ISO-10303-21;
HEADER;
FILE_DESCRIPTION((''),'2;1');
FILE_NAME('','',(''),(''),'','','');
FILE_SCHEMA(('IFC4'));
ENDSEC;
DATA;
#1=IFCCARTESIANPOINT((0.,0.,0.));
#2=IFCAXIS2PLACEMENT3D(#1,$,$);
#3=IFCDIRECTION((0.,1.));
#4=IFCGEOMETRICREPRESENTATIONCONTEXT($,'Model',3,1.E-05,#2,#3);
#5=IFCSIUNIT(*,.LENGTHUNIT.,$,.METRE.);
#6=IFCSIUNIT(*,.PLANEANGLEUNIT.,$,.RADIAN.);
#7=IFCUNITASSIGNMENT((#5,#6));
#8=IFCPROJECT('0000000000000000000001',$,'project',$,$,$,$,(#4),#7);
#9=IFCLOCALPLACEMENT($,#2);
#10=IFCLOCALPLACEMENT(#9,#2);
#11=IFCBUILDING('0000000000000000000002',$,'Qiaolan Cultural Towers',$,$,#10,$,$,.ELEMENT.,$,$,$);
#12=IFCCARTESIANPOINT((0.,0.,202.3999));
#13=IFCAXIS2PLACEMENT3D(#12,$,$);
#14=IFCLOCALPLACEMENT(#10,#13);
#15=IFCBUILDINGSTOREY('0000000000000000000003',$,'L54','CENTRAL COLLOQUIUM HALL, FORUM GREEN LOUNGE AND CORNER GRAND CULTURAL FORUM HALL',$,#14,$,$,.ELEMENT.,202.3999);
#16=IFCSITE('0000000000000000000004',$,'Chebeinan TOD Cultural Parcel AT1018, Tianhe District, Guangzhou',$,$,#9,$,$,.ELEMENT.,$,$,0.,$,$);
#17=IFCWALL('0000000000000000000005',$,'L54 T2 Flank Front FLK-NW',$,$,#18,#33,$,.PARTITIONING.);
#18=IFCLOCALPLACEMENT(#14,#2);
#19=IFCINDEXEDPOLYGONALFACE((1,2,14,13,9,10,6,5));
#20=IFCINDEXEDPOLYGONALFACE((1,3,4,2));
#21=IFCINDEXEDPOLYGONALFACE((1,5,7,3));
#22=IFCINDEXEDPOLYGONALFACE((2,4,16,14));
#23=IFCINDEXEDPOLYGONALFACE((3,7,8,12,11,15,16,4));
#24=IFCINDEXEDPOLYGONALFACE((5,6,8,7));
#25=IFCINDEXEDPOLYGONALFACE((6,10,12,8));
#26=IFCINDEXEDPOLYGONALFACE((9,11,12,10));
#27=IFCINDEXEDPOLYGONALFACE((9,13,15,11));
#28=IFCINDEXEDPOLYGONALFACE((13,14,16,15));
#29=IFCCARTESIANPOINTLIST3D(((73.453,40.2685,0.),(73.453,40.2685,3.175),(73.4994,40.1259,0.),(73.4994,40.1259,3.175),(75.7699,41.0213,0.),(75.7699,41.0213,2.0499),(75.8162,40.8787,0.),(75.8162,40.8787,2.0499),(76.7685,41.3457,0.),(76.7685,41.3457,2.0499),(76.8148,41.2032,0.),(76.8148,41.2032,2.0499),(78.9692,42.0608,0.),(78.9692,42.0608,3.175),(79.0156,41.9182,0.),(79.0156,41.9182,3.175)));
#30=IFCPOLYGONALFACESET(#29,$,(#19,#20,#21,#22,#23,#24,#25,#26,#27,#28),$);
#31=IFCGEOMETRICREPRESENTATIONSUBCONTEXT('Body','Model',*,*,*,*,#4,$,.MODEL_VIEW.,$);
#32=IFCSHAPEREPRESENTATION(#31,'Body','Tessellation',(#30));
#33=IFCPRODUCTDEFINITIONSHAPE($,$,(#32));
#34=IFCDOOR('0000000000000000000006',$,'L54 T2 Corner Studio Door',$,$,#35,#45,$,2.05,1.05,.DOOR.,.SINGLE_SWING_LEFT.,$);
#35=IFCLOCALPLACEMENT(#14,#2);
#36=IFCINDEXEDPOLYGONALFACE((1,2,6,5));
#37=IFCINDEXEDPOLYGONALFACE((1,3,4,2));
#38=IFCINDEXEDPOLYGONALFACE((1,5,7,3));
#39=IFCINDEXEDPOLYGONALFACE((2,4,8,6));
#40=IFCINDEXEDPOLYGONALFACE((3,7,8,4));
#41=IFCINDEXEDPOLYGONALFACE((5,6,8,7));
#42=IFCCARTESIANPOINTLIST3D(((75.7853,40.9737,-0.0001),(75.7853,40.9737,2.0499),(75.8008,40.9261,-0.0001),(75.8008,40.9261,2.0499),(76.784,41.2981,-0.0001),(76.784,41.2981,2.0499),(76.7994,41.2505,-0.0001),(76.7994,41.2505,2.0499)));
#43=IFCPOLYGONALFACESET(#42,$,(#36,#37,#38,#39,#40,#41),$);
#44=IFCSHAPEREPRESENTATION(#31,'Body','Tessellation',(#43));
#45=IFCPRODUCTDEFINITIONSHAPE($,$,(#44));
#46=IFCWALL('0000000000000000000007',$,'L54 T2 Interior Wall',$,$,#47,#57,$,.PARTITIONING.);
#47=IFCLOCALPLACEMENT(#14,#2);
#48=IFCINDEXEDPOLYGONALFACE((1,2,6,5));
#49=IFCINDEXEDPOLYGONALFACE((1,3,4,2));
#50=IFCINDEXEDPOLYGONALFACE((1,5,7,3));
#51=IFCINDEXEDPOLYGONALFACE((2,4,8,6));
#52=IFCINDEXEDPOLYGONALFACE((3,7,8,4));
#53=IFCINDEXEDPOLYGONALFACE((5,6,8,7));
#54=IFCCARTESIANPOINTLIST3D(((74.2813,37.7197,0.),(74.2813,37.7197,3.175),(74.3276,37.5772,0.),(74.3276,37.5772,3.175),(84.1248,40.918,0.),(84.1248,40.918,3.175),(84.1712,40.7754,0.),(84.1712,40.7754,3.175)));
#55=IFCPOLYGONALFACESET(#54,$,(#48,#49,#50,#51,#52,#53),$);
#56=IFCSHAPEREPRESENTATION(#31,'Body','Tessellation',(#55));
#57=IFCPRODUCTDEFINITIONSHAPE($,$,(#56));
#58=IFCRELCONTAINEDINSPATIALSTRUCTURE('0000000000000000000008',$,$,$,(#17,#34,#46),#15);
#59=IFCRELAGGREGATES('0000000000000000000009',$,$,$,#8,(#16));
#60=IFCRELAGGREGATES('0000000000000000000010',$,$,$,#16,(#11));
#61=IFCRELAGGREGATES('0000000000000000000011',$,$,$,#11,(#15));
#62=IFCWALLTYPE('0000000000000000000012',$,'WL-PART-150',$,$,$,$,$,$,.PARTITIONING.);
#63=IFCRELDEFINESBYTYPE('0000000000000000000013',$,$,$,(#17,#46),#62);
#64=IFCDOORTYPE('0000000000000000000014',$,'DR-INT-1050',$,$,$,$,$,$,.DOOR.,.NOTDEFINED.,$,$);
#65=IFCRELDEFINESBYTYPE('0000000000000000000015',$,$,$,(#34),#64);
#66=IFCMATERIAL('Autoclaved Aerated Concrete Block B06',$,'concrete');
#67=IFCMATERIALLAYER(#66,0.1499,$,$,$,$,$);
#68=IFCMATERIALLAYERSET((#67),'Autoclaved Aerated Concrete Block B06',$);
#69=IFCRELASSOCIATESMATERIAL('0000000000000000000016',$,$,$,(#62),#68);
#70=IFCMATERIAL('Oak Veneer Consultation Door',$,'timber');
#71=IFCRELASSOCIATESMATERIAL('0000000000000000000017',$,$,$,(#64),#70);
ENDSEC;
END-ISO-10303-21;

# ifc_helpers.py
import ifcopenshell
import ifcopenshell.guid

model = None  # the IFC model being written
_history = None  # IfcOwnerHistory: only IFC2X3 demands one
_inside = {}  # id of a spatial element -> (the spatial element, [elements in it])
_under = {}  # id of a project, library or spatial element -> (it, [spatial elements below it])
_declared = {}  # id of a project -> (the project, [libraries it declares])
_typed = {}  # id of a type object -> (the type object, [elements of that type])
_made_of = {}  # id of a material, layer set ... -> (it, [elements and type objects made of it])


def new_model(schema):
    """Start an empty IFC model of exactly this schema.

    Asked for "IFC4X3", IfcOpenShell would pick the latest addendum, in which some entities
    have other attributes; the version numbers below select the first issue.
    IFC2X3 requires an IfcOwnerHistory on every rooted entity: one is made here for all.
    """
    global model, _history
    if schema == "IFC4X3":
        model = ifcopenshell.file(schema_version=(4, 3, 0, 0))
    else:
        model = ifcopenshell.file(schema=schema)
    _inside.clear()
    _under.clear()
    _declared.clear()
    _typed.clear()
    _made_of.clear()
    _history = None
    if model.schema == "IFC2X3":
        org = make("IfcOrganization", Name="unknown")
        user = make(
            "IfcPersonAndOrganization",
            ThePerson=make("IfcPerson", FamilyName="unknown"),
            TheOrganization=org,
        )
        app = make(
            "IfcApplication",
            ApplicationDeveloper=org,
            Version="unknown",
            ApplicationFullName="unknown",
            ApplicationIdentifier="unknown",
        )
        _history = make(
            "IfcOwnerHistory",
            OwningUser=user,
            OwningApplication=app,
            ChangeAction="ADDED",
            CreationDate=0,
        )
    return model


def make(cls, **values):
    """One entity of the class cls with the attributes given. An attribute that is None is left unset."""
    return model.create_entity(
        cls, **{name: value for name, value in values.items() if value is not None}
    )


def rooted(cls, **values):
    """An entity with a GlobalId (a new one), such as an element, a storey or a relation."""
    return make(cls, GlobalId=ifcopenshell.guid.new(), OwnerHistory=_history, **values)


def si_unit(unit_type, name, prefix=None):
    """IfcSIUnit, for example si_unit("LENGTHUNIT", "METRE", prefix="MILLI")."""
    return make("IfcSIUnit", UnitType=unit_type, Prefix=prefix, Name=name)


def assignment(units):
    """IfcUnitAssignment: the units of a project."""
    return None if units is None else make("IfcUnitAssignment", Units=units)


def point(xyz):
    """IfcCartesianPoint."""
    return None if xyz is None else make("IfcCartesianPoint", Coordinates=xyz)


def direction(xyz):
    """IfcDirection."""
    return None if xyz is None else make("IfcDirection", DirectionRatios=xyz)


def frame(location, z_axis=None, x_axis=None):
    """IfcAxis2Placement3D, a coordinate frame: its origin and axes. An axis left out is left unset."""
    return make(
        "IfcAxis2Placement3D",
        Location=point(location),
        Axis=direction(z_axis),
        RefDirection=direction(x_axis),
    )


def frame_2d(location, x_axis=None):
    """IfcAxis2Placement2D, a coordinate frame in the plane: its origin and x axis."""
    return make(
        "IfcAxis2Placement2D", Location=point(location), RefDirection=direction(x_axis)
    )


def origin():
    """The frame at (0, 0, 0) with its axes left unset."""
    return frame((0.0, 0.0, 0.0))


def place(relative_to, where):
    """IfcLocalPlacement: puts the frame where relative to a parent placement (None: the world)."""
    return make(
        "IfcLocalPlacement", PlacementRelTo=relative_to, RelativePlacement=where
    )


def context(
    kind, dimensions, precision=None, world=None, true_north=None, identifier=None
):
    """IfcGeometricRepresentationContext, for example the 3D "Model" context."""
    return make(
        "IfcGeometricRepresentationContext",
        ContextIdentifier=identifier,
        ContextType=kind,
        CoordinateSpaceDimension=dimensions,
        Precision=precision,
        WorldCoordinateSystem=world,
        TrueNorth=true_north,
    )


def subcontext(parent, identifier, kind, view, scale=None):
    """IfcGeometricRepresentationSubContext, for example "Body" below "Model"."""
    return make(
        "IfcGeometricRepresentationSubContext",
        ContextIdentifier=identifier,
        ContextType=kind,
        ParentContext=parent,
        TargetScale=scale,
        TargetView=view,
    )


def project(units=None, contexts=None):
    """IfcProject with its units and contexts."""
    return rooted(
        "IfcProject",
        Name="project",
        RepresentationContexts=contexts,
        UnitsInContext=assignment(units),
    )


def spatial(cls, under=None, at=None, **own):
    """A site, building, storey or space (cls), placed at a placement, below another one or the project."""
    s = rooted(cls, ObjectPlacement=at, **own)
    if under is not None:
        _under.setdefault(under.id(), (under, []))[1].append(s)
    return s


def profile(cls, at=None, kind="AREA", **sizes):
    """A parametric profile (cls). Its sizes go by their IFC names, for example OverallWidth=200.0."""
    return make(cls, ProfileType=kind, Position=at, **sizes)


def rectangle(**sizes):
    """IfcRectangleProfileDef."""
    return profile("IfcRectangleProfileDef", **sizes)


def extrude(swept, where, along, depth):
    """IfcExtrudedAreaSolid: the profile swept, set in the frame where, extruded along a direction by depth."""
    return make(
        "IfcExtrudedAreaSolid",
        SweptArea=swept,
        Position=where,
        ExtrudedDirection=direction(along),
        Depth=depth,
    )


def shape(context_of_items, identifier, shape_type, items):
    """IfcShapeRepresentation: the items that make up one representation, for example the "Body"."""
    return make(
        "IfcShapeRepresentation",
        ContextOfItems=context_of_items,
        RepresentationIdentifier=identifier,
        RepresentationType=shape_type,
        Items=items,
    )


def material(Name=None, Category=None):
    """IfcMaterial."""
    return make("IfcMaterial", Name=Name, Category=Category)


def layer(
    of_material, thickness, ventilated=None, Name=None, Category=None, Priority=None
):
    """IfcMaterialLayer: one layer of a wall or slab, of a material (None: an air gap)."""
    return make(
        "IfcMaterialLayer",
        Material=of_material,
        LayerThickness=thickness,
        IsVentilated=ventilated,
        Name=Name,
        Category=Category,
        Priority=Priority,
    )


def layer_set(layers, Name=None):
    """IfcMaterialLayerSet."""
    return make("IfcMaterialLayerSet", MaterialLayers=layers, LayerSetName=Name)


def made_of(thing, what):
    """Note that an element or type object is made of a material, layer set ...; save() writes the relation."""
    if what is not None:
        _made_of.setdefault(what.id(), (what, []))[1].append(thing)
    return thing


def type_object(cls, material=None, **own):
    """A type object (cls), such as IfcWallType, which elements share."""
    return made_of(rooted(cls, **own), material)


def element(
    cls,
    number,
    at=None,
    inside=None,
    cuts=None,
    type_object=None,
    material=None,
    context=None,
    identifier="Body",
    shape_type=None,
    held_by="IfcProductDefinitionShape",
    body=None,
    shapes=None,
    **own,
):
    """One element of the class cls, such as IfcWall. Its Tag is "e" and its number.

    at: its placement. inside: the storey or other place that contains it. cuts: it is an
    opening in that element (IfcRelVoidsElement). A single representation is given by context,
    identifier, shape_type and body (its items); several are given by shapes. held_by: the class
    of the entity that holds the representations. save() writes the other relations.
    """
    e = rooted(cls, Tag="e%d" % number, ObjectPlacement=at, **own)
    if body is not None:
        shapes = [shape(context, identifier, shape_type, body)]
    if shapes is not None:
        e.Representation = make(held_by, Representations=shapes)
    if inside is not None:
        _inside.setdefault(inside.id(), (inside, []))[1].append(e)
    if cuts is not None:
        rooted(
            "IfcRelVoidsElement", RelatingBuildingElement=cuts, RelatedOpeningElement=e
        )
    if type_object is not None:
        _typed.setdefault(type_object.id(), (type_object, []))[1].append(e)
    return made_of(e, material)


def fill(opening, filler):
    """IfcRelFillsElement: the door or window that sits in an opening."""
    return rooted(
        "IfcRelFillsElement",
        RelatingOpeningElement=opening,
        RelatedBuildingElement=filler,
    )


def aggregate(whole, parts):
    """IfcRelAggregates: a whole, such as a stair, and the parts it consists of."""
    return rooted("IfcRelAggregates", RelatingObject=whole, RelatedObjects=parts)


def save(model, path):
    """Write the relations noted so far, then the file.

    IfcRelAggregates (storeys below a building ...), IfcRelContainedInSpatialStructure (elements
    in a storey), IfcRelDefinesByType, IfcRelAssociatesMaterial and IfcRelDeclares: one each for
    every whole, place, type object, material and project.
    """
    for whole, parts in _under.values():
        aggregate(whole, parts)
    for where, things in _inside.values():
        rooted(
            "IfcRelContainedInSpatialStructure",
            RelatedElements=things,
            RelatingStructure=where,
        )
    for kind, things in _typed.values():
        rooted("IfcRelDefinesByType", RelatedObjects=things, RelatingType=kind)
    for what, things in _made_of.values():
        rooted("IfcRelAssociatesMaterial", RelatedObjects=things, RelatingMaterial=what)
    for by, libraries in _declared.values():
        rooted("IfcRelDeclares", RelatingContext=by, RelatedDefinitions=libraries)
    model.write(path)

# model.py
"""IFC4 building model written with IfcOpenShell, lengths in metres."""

from ifc_helpers import new_model, si_unit, direction, frame, frame_2d, origin, place, context, subcontext, project, spatial, rectangle, extrude, material, layer, layer_set, type_object, element, fill, save


model = new_model("IFC4")

# Units and contexts
model_context = context("Model", 3, precision=1e-05, world=origin(), true_north=direction((0.0, 1.0)))
body_context = subcontext(model_context, "Body", "Model", "MODEL_VIEW")
ifc_project = project(units=[si_unit("LENGTHUNIT", "METRE"), si_unit("PLANEANGLEUNIT", "RADIAN")], contexts=[model_context])

# Site, building, storey
site_placement = place(None, origin())
site = spatial("IfcSite", under=ifc_project, at=site_placement, Name="Chebeinan TOD Cultural Parcel AT1018, Tianhe District, Guangzhou", CompositionType="ELEMENT", RefElevation=0.0)
building_placement = place(site_placement, origin())
building = spatial("IfcBuilding", under=site, at=building_placement, Name="Qiaolan Cultural Towers", CompositionType="ELEMENT")
storey_placement = place(building_placement, frame((0.0, 0.0, 202.3999)))
storey = spatial("IfcBuildingStorey", under=building, at=storey_placement, Name="L54", Description="CENTRAL COLLOQUIUM HALL, FORUM GREEN LOUNGE AND CORNER GRAND CULTURAL FORUM HALL", CompositionType="ELEMENT", Elevation=202.3999)

# Wall, opening, door
ifc_material_1 = material(Name="Autoclaved Aerated Concrete Block B06", Category="concrete")
ifc_layer_1 = layer(ifc_material_1, 0.1499)
ifc_layer_set_1 = layer_set([ifc_layer_1], Name="Autoclaved Aerated Concrete Block B06")
wall_type_1 = type_object("IfcWallType", Name="WL-PART-150", PredefinedType="PARTITIONING", material=ifc_layer_set_1)
wall_1_placement = place(storey_placement, frame((73.4763, 40.1973, 0.0), z_axis=(0.0, 0.0, 1.0), x_axis=(0.951059, 0.309008, 0.0)))
wall_1 = element("IfcWall", 1, at=wall_1_placement, inside=storey, type_object=wall_type_1, Name="L54 T2 Flank Front FLK-NW", PredefinedType="PARTITIONING", context=body_context, shape_type="SweptSolid", body=[
    extrude(rectangle(XDim=5.8, YDim=0.1499, at=frame_2d((2.8999, 0.0))), origin(), (0.0, 0.0, 1.0), 3.175),
])
opening_placement = place(wall_1_placement, frame((2.436, 0.0, 0.0)))
opening = element("IfcOpeningElement", 2, at=opening_placement, cuts=wall_1, PredefinedType="OPENING", context=body_context, shape_type="SweptSolid", body=[
    extrude(rectangle(XDim=1.05, YDim=2.05, at=frame_2d((0.5249, 1.0249))), frame((0.0, 0.085, 0.0), z_axis=(0.0, -1.0, 0.0), x_axis=(1.0, 0.0, 0.0)), (0.0, 0.0, 1.0), 0.1699),
])
ifc_material_2 = material(Name="Oak Veneer Consultation Door", Category="timber")
door_type = type_object("IfcDoorType", Name="DR-INT-1050", OperationType="NOTDEFINED", PredefinedType="DOOR", material=ifc_material_2)
door_placement = place(opening_placement, origin())
door = element("IfcDoor", 3, at=door_placement, inside=storey, type_object=door_type, Name="L54 T2 Corner Studio Door", OperationType="SINGLE_SWING_LEFT", OverallHeight=2.05, OverallWidth=1.05, PredefinedType="DOOR", context=body_context, shape_type="SweptSolid", body=[
    extrude(rectangle(XDim=1.05, YDim=2.05, at=frame_2d((0.5249, 1.0249))), frame((0.0, 0.0249, 0.0), z_axis=(0.0, -1.0, 0.0), x_axis=(1.0, 0.0, 0.0)), (0.0, 0.0, 1.0), 0.05),
])
fill(opening, door)

# Wall
wall_2_placement = place(storey_placement, frame((74.3044, 37.6484, 0.0), z_axis=(0.0, 0.0, 1.0), x_axis=(0.95106, 0.309008, 0.0)))
element("IfcWall", 4, at=wall_2_placement, inside=storey, type_object=wall_type_1, Name="L54 T2 Interior Wall", PredefinedType="PARTITIONING", context=body_context, shape_type="SweptSolid", body=[
    extrude(rectangle(XDim=10.3501, YDim=0.1499, at=frame_2d((5.175, 0.0))), origin(), (0.0, 0.0, 1.0), 3.175),
])

save(model, "model.ifc")
